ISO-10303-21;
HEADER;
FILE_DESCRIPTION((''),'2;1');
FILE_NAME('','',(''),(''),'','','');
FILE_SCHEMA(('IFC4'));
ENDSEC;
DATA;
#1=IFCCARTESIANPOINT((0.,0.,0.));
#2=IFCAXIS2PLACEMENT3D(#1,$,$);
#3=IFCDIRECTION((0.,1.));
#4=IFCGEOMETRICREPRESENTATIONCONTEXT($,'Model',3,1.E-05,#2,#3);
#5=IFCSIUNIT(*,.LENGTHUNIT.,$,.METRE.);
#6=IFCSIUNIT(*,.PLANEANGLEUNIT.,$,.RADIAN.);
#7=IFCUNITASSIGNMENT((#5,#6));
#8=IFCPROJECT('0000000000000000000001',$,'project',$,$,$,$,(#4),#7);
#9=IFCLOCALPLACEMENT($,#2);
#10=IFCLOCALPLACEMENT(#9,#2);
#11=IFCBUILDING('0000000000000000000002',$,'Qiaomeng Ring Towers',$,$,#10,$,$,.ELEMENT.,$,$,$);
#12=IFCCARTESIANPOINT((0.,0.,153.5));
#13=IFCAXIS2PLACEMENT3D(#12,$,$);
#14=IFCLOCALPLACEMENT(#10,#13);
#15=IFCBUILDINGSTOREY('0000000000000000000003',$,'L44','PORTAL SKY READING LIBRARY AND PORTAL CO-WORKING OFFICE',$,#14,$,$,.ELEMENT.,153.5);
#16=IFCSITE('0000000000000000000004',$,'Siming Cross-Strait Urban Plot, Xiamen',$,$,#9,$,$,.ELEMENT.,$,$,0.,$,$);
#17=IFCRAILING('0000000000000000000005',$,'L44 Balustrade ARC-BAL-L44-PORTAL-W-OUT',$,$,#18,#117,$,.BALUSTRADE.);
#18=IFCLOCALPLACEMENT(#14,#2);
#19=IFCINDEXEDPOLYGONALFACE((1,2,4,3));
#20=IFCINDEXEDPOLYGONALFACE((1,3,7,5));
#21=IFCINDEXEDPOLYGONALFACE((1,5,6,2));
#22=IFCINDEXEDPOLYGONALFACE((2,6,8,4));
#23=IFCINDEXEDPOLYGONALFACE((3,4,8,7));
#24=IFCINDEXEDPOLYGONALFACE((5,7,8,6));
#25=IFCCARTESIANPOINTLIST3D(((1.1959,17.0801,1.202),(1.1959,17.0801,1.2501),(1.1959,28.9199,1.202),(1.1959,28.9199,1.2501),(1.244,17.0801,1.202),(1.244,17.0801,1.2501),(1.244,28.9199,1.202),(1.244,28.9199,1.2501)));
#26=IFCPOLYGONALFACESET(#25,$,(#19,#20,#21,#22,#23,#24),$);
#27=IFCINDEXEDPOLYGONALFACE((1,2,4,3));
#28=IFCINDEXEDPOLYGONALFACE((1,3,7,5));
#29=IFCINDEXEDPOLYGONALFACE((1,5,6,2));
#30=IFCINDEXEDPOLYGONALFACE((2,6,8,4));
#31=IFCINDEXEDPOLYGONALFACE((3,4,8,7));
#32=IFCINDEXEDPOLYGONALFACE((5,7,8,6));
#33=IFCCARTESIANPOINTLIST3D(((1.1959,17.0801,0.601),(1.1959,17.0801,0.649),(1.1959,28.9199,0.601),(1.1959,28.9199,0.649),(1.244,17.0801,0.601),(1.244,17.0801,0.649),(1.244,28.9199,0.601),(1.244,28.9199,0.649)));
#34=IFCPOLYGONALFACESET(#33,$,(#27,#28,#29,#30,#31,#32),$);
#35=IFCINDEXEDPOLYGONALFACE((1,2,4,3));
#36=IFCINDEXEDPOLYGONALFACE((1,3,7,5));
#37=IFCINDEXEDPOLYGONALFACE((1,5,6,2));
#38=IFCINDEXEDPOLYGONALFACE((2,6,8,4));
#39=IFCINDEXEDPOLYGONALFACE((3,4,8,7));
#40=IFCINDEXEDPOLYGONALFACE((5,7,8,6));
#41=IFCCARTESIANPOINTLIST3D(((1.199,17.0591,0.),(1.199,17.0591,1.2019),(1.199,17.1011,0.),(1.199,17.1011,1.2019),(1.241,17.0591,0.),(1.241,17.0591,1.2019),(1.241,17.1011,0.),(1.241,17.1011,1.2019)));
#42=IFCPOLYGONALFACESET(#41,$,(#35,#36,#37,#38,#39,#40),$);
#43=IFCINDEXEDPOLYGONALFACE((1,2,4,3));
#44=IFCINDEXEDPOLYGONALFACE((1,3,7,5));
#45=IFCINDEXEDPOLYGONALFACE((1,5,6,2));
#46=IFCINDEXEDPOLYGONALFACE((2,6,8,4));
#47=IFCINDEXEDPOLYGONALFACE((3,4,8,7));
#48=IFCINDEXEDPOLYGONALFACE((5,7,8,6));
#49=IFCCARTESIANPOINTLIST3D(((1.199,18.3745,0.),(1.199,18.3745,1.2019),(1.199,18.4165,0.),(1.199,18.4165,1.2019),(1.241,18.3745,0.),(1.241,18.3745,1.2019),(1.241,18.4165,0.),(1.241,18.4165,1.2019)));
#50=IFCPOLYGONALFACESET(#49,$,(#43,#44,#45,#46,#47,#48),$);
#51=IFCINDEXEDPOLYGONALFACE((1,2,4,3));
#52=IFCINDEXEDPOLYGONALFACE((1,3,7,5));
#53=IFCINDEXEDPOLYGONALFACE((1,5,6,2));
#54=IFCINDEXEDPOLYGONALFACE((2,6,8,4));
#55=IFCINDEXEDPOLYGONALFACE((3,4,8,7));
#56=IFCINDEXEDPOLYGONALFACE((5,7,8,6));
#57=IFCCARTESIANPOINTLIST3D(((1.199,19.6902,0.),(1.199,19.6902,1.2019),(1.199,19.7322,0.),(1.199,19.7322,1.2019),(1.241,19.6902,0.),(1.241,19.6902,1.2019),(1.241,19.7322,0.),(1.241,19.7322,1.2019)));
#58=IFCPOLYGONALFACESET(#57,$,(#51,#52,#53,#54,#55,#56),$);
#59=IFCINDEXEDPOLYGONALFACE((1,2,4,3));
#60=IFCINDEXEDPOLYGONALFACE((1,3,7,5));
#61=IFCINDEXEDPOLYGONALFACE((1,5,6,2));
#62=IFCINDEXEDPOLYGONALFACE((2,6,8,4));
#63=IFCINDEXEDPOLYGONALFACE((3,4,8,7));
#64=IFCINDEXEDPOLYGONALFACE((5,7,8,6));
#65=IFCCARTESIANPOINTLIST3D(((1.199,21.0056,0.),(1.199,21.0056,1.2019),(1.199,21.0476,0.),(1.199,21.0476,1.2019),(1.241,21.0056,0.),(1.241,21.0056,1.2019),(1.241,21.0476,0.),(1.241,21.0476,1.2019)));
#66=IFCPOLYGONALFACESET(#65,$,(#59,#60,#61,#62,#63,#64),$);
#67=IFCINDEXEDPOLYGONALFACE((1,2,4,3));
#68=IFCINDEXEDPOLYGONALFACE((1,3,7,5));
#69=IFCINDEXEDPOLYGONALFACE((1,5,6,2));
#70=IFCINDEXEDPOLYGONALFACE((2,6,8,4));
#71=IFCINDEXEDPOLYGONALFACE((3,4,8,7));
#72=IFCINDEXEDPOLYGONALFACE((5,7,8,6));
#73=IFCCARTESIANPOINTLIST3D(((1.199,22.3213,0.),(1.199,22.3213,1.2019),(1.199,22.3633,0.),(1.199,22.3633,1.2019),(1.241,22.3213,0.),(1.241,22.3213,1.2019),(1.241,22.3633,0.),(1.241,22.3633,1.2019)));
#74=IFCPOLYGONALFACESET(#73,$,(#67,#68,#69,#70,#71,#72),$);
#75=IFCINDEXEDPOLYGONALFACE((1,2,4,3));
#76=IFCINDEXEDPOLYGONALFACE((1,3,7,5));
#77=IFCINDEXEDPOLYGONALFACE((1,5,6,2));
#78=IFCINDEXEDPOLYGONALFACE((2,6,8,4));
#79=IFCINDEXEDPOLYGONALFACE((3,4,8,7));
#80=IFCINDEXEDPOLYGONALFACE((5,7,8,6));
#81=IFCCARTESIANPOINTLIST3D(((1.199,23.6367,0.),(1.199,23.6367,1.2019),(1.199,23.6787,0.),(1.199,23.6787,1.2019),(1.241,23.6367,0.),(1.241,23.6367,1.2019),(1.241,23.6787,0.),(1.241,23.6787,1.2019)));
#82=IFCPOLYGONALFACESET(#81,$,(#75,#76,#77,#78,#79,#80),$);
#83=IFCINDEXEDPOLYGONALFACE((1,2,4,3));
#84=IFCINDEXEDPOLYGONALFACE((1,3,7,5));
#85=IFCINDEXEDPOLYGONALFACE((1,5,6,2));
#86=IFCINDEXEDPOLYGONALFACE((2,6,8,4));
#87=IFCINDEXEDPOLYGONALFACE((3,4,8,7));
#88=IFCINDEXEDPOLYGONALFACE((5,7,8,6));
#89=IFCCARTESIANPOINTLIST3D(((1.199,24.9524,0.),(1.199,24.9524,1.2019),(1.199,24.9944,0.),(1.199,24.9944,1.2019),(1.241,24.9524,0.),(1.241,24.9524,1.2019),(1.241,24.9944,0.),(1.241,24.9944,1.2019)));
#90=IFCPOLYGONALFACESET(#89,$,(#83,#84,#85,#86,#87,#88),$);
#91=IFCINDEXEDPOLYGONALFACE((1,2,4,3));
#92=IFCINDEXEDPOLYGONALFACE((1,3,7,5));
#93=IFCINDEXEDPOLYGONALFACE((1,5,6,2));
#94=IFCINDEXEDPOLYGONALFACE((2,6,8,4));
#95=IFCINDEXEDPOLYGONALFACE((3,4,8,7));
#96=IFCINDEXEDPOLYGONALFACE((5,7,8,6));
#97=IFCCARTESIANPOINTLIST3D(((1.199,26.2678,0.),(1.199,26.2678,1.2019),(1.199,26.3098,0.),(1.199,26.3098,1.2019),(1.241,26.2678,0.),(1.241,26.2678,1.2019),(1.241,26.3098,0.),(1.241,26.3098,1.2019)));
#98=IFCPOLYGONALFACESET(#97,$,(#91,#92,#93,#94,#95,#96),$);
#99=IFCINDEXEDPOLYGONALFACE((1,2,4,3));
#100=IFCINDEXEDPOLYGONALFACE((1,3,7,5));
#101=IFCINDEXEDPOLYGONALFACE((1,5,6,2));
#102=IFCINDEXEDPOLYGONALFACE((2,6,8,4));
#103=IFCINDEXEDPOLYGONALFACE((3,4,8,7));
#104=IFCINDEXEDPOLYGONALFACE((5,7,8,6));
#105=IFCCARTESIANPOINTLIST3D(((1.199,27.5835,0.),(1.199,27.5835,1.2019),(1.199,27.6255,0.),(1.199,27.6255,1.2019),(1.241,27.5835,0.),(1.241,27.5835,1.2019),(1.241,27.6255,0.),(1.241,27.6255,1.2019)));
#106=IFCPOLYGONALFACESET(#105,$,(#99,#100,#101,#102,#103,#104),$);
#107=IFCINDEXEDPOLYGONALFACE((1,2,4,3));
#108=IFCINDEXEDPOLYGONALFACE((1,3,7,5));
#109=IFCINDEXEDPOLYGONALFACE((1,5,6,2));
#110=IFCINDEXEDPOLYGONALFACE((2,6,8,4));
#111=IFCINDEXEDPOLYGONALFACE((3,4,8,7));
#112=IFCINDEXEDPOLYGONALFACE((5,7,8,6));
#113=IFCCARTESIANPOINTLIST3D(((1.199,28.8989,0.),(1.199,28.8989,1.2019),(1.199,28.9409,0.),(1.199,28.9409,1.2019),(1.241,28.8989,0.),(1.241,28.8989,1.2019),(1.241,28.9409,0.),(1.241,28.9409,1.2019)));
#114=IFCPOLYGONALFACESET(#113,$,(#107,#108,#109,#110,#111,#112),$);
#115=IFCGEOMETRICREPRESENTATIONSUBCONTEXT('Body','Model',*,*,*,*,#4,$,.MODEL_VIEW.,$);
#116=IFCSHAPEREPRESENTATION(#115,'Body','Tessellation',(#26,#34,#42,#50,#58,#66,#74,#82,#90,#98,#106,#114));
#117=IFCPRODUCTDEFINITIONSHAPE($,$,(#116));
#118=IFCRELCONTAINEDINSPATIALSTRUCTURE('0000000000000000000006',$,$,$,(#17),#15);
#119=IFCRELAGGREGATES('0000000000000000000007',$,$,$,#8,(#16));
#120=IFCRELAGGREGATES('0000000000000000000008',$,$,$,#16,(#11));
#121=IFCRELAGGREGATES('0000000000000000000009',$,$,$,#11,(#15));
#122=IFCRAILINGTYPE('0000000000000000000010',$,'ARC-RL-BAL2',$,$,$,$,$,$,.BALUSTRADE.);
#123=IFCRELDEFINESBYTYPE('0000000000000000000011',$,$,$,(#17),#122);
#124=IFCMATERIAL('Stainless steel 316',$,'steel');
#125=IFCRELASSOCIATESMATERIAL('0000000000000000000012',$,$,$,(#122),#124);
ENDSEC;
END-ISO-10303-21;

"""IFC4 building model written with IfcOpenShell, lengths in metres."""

from ifc_helpers import new_model, si_unit, direction, frame, origin, origin_2d, place, context, subcontext, project, spatial, rectangle, extrude, material, type_object, element, save


model = new_model("IFC4")

# Units and contexts
model_context = context("Model", 3, precision=1e-05, world=origin(), true_north=direction((0.0, 1.0)))
body_context = subcontext(model_context, "Body", "Model", "MODEL_VIEW")
ifc_project = project(units=[si_unit("LENGTHUNIT", "METRE"), si_unit("PLANEANGLEUNIT", "RADIAN")], contexts=[model_context])

# Site, building, storey
site_placement = place(None, origin())
site = spatial("IfcSite", under=ifc_project, at=site_placement, Name="Siming Cross-Strait Urban Plot, Xiamen", CompositionType="ELEMENT", RefElevation=0.0)
building_placement = place(site_placement, origin())
building = spatial("IfcBuilding", under=site, at=building_placement, Name="Qiaomeng Ring Towers", CompositionType="ELEMENT")
storey_placement = place(building_placement, frame((0.0, 0.0, 153.5)))
storey = spatial("IfcBuildingStorey", under=building, at=storey_placement, Name="L44", Description="PORTAL SKY READING LIBRARY AND PORTAL CO-WORKING OFFICE", CompositionType="ELEMENT", Elevation=153.5)

# Railing
ifc_material_1 = material(Name="Stainless steel 316", Category="steel")
railing_type = type_object("IfcRailingType", Name="ARC-RL-BAL2", PredefinedType="BALUSTRADE", material=ifc_material_1)
railing_placement = place(storey_placement, frame((1.22, 17.0801, 0.0)))
element("IfcRailing", 1, at=railing_placement, inside=storey, type_object=railing_type, Name="L44 Balustrade ARC-BAL-L44-PORTAL-W-OUT", PredefinedType="BALUSTRADE", context=body_context, shape_type="SweptSolid", body=[
    extrude(rectangle(XDim=0.0481, YDim=0.0481, at=origin_2d()), frame((0.0, 0.0, 1.2261), z_axis=(0.0, 1.0, 0.0), x_axis=(-1.0, 0.0, 0.0)), (0.0, 0.0, 1.0), 11.8398),
    extrude(rectangle(XDim=0.0481, YDim=0.0481, at=origin_2d()), frame((0.0, 0.0, 0.625), z_axis=(0.0, 1.0, 0.0), x_axis=(-1.0, 0.0, 0.0)), (0.0, 0.0, 1.0), 11.8398),
    extrude(rectangle(XDim=0.042, YDim=0.042, at=origin_2d()), origin(), (0.0, 0.0, 1.0), 1.2019),
    extrude(rectangle(XDim=0.042, YDim=0.042, at=origin_2d()), frame((0.0, 1.3154, 0.0)), (0.0, 0.0, 1.0), 1.2019),
    extrude(rectangle(XDim=0.042, YDim=0.042, at=origin_2d()), frame((0.0, 2.6311, 0.0)), (0.0, 0.0, 1.0), 1.2019),
    extrude(rectangle(XDim=0.042, YDim=0.042, at=origin_2d()), frame((0.0, 3.9465, 0.0)), (0.0, 0.0, 1.0), 1.2019),
    extrude(rectangle(XDim=0.042, YDim=0.042, at=origin_2d()), frame((0.0, 5.2622, 0.0)), (0.0, 0.0, 1.0), 1.2019),
    extrude(rectangle(XDim=0.042, YDim=0.042, at=origin_2d()), frame((0.0, 6.5776, 0.0)), (0.0, 0.0, 1.0), 1.2019),
    extrude(rectangle(XDim=0.042, YDim=0.042, at=origin_2d()), frame((0.0, 7.8933, 0.0)), (0.0, 0.0, 1.0), 1.2019),
    extrude(rectangle(XDim=0.042, YDim=0.042, at=origin_2d()), frame((0.0, 9.2087, 0.0)), (0.0, 0.0, 1.0), 1.2019),
    extrude(rectangle(XDim=0.042, YDim=0.042, at=origin_2d()), frame((0.0, 10.5244, 0.0)), (0.0, 0.0, 1.0), 1.2019),
    extrude(rectangle(XDim=0.042, YDim=0.042, at=origin_2d()), frame((0.0, 11.8398, 0.0)), (0.0, 0.0, 1.0), 1.2019),
])

save(model, "model.ifc")
